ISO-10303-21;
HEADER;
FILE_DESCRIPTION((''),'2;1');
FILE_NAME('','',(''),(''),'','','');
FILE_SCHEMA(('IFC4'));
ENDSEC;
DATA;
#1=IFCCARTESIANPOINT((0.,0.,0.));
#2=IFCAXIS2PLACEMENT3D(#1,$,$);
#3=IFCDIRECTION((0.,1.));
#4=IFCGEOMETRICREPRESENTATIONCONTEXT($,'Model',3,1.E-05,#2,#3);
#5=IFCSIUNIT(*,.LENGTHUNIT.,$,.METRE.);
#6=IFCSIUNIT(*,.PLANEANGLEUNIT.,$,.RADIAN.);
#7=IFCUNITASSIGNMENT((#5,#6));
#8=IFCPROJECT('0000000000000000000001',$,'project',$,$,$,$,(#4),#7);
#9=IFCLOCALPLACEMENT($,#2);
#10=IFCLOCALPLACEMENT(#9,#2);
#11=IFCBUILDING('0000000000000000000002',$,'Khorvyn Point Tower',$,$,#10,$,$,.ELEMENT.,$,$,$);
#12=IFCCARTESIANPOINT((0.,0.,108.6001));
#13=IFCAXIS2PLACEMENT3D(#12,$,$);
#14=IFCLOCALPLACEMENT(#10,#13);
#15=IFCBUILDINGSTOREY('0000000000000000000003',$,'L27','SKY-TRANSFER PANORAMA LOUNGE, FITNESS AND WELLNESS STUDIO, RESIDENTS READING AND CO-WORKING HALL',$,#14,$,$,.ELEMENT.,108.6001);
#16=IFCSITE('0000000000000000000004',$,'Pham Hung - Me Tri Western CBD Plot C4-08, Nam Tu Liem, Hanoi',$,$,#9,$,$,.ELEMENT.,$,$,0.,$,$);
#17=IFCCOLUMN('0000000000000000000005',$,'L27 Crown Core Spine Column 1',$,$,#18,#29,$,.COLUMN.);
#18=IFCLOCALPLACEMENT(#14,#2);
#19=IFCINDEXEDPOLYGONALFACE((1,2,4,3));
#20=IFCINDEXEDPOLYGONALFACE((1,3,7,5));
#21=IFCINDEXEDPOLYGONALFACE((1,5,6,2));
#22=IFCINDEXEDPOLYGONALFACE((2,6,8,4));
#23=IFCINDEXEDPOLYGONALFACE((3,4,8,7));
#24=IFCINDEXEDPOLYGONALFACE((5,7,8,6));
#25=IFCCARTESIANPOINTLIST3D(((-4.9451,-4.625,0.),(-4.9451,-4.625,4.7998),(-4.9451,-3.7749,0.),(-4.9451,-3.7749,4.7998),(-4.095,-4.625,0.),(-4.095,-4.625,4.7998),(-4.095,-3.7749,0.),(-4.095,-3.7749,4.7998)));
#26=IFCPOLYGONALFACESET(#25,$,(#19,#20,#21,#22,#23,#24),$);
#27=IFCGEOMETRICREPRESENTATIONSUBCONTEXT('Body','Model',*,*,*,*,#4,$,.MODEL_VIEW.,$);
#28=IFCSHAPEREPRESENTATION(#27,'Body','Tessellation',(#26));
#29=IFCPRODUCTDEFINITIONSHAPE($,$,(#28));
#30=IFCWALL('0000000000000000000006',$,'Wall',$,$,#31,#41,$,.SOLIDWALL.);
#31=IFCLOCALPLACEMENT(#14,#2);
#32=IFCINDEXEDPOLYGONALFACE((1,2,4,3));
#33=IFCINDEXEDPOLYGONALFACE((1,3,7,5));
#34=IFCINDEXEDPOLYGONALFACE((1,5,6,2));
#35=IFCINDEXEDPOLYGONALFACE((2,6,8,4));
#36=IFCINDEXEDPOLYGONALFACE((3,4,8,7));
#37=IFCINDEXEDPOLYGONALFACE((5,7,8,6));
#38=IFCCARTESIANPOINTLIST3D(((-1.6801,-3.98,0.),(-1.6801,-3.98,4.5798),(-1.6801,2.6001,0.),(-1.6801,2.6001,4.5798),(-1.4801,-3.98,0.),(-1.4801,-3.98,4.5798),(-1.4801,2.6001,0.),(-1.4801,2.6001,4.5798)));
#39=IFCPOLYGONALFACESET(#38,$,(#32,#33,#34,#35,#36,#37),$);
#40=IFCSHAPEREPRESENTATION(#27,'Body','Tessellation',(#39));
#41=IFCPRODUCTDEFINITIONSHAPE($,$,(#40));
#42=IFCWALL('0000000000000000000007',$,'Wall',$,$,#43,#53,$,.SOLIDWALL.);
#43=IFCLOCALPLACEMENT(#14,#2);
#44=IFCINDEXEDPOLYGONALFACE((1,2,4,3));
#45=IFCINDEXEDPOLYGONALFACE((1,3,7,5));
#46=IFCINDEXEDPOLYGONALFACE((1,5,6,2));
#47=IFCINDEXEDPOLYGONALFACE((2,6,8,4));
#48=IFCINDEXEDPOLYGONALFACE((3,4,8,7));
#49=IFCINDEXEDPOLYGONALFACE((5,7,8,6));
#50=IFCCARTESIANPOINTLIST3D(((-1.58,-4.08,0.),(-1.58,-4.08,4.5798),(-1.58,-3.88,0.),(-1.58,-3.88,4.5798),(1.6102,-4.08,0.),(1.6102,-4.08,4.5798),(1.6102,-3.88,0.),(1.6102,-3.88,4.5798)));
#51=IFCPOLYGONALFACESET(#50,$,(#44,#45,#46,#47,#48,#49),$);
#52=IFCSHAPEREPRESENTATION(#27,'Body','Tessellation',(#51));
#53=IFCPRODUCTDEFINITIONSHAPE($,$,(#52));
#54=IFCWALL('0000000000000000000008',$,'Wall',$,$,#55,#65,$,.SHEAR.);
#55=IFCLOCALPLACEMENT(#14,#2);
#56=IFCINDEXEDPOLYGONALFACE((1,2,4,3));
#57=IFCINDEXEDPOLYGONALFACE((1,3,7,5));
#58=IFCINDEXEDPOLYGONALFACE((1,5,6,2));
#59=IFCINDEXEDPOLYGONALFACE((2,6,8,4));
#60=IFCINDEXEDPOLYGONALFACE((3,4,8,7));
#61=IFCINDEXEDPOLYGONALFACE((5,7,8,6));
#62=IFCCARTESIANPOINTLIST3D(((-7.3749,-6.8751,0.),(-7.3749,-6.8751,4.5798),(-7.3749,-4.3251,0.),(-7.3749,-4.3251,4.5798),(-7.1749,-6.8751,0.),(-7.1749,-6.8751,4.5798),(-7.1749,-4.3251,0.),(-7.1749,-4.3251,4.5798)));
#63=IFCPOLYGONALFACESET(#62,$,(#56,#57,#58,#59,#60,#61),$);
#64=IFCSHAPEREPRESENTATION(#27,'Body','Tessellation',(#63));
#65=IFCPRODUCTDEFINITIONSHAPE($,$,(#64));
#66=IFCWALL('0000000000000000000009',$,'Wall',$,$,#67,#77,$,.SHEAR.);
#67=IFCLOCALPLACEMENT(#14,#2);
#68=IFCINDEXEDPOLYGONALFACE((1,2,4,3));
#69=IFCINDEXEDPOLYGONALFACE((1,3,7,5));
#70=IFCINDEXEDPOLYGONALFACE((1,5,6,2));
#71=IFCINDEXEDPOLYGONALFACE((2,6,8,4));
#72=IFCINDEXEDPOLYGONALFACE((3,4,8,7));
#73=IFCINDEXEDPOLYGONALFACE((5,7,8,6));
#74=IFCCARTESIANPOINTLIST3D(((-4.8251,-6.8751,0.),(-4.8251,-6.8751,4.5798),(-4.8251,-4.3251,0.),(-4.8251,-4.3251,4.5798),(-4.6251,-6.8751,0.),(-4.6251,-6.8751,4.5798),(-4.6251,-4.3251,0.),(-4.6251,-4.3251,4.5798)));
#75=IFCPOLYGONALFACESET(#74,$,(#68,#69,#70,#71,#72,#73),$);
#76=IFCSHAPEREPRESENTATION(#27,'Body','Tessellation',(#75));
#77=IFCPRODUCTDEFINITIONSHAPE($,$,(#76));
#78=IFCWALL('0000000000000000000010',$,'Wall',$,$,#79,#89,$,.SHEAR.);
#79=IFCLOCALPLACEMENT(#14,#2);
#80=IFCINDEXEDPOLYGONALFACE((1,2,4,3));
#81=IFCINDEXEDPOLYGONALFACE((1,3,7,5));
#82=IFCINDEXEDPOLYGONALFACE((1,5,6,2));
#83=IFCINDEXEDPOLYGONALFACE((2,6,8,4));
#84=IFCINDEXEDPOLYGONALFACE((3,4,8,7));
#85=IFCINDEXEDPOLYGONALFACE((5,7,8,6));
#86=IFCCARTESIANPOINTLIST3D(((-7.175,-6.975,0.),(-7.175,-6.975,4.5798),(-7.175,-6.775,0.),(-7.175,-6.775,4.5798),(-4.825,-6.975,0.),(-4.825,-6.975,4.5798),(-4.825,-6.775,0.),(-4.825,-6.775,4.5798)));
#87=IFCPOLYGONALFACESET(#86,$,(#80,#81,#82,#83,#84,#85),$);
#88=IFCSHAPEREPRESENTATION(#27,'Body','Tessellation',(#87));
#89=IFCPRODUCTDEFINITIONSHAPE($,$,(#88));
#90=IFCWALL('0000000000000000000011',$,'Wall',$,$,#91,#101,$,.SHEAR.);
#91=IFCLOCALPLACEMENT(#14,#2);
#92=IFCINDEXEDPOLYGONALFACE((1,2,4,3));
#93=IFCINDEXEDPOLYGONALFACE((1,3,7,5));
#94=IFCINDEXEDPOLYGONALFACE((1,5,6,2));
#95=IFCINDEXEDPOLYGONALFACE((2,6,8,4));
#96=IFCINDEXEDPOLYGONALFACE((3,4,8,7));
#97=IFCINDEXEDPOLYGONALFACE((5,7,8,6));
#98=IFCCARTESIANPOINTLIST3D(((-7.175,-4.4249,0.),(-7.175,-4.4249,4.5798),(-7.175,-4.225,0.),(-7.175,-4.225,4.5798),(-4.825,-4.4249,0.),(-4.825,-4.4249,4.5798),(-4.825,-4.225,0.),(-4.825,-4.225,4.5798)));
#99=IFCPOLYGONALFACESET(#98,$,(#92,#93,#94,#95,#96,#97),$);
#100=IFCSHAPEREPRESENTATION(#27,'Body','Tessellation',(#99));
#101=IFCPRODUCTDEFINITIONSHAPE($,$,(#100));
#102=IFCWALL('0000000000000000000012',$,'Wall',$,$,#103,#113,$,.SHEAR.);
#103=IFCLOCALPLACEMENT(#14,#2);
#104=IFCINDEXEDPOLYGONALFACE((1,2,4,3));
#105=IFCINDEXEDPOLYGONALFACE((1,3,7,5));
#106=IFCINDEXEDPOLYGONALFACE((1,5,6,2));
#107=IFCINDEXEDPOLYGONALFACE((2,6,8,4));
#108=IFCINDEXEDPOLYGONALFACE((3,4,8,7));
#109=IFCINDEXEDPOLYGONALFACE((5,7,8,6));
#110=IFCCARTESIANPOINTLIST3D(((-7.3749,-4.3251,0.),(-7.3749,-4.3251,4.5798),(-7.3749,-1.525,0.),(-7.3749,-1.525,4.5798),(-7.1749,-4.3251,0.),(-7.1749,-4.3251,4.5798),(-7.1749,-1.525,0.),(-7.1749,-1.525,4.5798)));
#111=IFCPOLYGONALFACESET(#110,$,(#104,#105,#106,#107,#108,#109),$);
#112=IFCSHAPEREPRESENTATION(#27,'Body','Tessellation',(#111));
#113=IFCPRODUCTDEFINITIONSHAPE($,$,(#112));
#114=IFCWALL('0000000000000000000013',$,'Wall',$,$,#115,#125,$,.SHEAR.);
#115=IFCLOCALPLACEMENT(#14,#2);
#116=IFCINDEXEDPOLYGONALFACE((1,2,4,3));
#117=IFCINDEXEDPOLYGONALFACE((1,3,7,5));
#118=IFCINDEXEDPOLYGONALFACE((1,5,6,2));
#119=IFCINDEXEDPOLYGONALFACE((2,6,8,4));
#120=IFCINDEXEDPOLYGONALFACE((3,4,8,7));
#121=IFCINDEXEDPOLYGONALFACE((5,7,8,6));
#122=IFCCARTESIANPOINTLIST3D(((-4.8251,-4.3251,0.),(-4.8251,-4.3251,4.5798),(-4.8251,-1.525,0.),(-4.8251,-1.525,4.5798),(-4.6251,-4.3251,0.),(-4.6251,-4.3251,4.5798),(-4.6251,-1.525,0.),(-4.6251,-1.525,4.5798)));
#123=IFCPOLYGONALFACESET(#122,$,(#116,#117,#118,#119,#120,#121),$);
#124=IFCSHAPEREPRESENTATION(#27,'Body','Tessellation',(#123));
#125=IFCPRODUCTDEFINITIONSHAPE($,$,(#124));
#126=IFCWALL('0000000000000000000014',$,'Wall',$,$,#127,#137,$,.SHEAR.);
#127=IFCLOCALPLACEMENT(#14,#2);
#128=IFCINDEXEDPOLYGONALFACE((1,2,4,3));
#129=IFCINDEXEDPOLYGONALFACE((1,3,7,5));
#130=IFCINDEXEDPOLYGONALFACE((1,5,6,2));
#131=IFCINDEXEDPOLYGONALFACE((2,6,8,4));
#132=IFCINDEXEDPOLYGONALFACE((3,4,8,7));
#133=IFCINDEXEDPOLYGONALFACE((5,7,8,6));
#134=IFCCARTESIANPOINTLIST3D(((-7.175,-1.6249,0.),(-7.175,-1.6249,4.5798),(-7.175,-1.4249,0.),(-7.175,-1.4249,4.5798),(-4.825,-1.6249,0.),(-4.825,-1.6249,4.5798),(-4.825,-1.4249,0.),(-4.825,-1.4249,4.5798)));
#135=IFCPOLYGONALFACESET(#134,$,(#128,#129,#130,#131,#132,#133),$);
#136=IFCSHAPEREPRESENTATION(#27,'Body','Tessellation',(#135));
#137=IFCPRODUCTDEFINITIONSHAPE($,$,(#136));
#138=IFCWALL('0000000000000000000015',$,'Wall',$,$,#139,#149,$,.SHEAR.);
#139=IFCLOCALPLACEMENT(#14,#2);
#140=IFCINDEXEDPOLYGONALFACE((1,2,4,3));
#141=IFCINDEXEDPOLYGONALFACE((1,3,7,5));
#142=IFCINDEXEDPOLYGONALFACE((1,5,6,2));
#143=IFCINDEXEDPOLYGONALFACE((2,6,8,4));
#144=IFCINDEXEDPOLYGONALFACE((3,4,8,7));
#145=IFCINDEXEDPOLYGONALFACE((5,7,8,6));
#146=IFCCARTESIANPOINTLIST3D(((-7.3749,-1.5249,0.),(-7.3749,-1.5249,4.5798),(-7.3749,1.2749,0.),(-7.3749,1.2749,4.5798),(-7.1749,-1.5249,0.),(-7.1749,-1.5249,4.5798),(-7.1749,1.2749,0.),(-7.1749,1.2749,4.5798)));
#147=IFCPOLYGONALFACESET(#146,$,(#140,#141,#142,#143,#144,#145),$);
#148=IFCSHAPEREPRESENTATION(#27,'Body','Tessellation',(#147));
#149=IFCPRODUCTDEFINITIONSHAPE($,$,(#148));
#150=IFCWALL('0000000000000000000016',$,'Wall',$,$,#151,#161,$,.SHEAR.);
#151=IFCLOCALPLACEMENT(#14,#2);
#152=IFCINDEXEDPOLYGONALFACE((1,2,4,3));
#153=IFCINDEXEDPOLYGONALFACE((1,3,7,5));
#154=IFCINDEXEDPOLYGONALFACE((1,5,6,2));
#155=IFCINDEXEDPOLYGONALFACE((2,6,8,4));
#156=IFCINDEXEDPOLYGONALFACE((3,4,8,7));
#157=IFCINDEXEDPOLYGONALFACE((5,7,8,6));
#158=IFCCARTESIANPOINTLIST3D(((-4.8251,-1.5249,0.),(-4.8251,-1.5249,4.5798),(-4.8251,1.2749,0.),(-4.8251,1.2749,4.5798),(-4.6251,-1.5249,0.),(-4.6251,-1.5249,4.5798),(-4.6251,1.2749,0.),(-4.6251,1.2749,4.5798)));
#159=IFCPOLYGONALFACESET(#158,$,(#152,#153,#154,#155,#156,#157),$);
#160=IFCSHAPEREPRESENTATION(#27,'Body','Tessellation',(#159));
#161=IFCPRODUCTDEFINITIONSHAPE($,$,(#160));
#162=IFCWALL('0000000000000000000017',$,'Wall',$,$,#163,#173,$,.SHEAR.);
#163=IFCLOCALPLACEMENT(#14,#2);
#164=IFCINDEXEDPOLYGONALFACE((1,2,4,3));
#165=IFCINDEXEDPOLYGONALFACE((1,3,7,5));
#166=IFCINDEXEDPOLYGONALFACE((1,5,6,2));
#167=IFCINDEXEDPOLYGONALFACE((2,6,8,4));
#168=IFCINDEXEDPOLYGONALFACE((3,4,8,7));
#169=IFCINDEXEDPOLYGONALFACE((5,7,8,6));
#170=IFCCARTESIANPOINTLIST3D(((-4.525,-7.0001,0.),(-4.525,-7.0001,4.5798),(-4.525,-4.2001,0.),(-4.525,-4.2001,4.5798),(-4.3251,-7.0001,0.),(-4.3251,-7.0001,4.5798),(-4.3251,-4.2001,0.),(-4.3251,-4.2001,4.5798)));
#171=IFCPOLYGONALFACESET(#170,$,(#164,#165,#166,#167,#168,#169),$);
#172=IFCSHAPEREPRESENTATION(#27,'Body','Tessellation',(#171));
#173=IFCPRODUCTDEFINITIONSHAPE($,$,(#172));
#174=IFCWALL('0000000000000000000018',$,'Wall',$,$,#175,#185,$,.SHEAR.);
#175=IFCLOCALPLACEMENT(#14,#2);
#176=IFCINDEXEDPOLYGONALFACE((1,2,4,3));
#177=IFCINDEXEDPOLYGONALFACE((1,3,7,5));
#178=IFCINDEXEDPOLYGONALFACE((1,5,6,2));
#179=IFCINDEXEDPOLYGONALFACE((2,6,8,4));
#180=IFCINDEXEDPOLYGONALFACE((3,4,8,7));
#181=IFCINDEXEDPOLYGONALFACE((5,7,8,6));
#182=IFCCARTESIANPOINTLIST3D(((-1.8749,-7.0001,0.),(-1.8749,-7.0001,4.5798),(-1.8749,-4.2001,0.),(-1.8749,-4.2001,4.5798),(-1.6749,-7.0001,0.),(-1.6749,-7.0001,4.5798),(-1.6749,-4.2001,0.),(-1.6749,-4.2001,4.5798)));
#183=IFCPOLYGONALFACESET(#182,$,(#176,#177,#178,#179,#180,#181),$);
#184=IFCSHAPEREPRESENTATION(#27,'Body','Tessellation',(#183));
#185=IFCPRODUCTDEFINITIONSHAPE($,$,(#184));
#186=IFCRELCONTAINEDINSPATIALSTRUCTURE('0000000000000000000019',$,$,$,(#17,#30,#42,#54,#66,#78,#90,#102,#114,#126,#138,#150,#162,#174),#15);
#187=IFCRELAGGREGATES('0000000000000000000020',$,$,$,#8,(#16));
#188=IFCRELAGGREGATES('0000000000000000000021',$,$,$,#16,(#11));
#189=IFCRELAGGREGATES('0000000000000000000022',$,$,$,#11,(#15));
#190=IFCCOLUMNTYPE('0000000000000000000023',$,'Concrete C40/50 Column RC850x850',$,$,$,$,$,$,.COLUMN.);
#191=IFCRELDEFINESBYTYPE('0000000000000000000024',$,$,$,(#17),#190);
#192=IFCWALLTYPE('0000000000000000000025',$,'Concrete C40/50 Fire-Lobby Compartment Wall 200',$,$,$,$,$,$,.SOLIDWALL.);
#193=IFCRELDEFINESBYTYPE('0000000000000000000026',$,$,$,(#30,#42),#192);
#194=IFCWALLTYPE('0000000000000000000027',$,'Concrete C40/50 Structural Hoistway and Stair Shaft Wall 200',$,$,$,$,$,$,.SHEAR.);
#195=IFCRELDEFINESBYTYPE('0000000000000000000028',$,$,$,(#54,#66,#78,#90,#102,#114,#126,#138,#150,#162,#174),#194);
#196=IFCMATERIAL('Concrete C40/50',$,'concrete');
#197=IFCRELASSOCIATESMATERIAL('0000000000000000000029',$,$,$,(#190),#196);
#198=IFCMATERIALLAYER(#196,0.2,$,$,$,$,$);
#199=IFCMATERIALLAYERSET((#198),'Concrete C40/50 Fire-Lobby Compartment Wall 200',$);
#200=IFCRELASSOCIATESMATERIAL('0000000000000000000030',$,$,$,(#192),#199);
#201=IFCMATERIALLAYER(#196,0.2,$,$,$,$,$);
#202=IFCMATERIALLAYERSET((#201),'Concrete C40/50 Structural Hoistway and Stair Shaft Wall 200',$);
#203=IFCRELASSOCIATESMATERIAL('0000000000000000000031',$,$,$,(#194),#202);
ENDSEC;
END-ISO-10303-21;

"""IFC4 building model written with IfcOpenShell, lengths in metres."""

from ifc_helpers import new_model, si_unit, direction, frame, frame_2d, origin, origin_2d, place, context, subcontext, project, spatial, rectangle, extrude, material, layer, layer_set, material_profile, profile_set, type_object, element, save


model = new_model("IFC4")

# Units and contexts
model_context = context("Model", 3, precision=1e-05, world=origin(), true_north=direction((0.0, 1.0)))
body_context = subcontext(model_context, "Body", "Model", "MODEL_VIEW")
ifc_project = project(units=[si_unit("LENGTHUNIT", "METRE"), si_unit("PLANEANGLEUNIT", "RADIAN")], contexts=[model_context])

# Site, building, storey
site_placement = place(None, origin())
site = spatial("IfcSite", under=ifc_project, at=site_placement, Name="Pham Hung - Me Tri Western CBD Plot C4-08, Nam Tu Liem, Hanoi", CompositionType="ELEMENT", RefElevation=0.0)
building_placement = place(site_placement, origin())
building = spatial("IfcBuilding", under=site, at=building_placement, Name="Khorvyn Point Tower", CompositionType="ELEMENT")
storey_placement = place(building_placement, frame((0.0, 0.0, 108.6001)))
storey = spatial("IfcBuildingStorey", under=building, at=storey_placement, Name="L27", Description="SKY-TRANSFER PANORAMA LOUNGE, FITNESS AND WELLNESS STUDIO, RESIDENTS READING AND CO-WORKING HALL", CompositionType="ELEMENT", Elevation=108.6001)

# Column
ifc_material_1 = material(Name="Concrete C40/50", Category="concrete")
ifc_material_profile = material_profile(ifc_material_1, rectangle(XDim=0.8501, YDim=0.8501, at=origin_2d()))
ifc_profile_set = profile_set([ifc_material_profile], Name="Concrete C40/50 RC850x850")
column_type = type_object("IfcColumnType", Name="Concrete C40/50 Column RC850x850", PredefinedType="COLUMN", material=ifc_profile_set)
column_placement = place(storey_placement, frame((-4.52, -4.2, 0.0), z_axis=(0.0, 0.0, 1.0), x_axis=(1.0, 0.0, 0.0)))
element("IfcColumn", 1, at=column_placement, inside=storey, type_object=column_type, Name="L27 Crown Core Spine Column 1", PredefinedType="COLUMN", context=body_context, shape_type="SweptSolid", body=[
    extrude(rectangle(XDim=0.8501, YDim=0.8501, at=origin_2d()), origin(), (0.0, 0.0, 1.0), 4.7998),
])

# Walls
ifc_layer_1 = layer(ifc_material_1, 0.2)
ifc_layer_set_1 = layer_set([ifc_layer_1], Name="Concrete C40/50 Fire-Lobby Compartment Wall 200")
wall_type_1 = type_object("IfcWallType", Name="Concrete C40/50 Fire-Lobby Compartment Wall 200", PredefinedType="SOLIDWALL", material=ifc_layer_set_1)
wall_1_placement = place(storey_placement, frame((-1.5801, -3.98, 0.0), z_axis=(0.0, 0.0, 1.0), x_axis=(0.0, 1.0, 0.0)))
element("IfcWall", 2, at=wall_1_placement, inside=storey, type_object=wall_type_1, Name="Wall", PredefinedType="SOLIDWALL", context=body_context, shape_type="SweptSolid", body=[
    extrude(rectangle(XDim=6.5801, YDim=0.2, at=frame_2d((3.29, 0.0))), origin(), (0.0, 0.0, 1.0), 4.5798),
])
wall_2_placement = place(storey_placement, frame((-1.5801, -3.98, 0.0), z_axis=(0.0, 0.0, 1.0), x_axis=(1.0, 0.0, 0.0)))
element("IfcWall", 3, at=wall_2_placement, inside=storey, type_object=wall_type_1, Name="Wall", PredefinedType="SOLIDWALL", context=body_context, shape_type="SweptSolid", body=[
    extrude(rectangle(XDim=3.1902, YDim=0.2, at=frame_2d((1.5952, 0.0))), origin(), (0.0, 0.0, 1.0), 4.5798),
])
ifc_layer_2 = layer(ifc_material_1, 0.2)
ifc_layer_set_2 = layer_set([ifc_layer_2], Name="Concrete C40/50 Structural Hoistway and Stair Shaft Wall 200")
wall_type_2 = type_object("IfcWallType", Name="Concrete C40/50 Structural Hoistway and Stair Shaft Wall 200", PredefinedType="SHEAR", material=ifc_layer_set_2)
for number, where, z_axis, x_axis, name in (
    (4, (-7.2749, -6.875, 0.0), (0.0, 0.0, 1.0), (0.0, 1.0, 0.0), "Wall"),
    (5, (-4.7251, -6.875, 0.0), (0.0, 0.0, 1.0), (0.0, 1.0, 0.0), "Wall"),
):
    element("IfcWall", number, at=place(storey_placement, frame(where, z_axis=z_axis, x_axis=x_axis)), inside=storey, type_object=wall_type_2, Name=name, PredefinedType="SHEAR", context=body_context, shape_type="SweptSolid", body=[
        extrude(rectangle(XDim=2.55, YDim=0.2, at=frame_2d((1.2749, 0.0))), origin(), (0.0, 0.0, 1.0), 4.5798),
    ])
for number, where, z_axis, x_axis, name in (
    (6, (-7.175, -6.875, 0.0), (0.0, 0.0, 1.0), (1.0, 0.0, 0.0), "Wall"),
    (7, (-7.175, -4.325, 0.0), (0.0, 0.0, 1.0), (1.0, 0.0, 0.0), "Wall"),
):
    element("IfcWall", number, at=place(storey_placement, frame(where, z_axis=z_axis, x_axis=x_axis)), inside=storey, type_object=wall_type_2, Name=name, PredefinedType="SHEAR", context=body_context, shape_type="SweptSolid", body=[
        extrude(rectangle(XDim=2.3501, YDim=0.2, at=frame_2d((1.175, 0.0))), origin(), (0.0, 0.0, 1.0), 4.5798),
    ])
for number, where, z_axis, x_axis, name in (
    (8, (-7.2749, -4.325, 0.0), (0.0, 0.0, 1.0), (0.0, 1.0, 0.0), "Wall"),
    (9, (-4.7251, -4.325, 0.0), (0.0, 0.0, 1.0), (0.0, 1.0, 0.0), "Wall"),
):
    element("IfcWall", number, at=place(storey_placement, frame(where, z_axis=z_axis, x_axis=x_axis)), inside=storey, type_object=wall_type_2, Name=name, PredefinedType="SHEAR", context=body_context, shape_type="SweptSolid", body=[
        extrude(rectangle(XDim=2.8, YDim=0.2, at=frame_2d((1.3999, 0.0))), origin(), (0.0, 0.0, 1.0), 4.5798),
    ])
wall_3_placement = place(storey_placement, frame((-7.175, -1.5249, 0.0), z_axis=(0.0, 0.0, 1.0), x_axis=(1.0, 0.0, 0.0)))
element("IfcWall", 10, at=wall_3_placement, inside=storey, type_object=wall_type_2, Name="Wall", PredefinedType="SHEAR", context=body_context, shape_type="SweptSolid", body=[
    extrude(rectangle(XDim=2.3501, YDim=0.2, at=frame_2d((1.175, 0.0))), origin(), (0.0, 0.0, 1.0), 4.5798),
])
for number, where, z_axis, x_axis, name in (
    (11, (-7.2749, -1.5249, 0.0), (0.0, 0.0, 1.0), (0.0, 1.0, 0.0), "Wall"),
    (12, (-4.7251, -1.5249, 0.0), (0.0, 0.0, 1.0), (0.0, 1.0, 0.0), "Wall"),
):
    element("IfcWall", number, at=place(storey_placement, frame(where, z_axis=z_axis, x_axis=x_axis)), inside=storey, type_object=wall_type_2, Name=name, PredefinedType="SHEAR", context=body_context, shape_type="SweptSolid", body=[
        extrude(rectangle(XDim=2.7998, YDim=0.2, at=frame_2d((1.3999, 0.0))), origin(), (0.0, 0.0, 1.0), 4.5798),
    ])
for number, where, z_axis, x_axis, name in (
    (13, (-4.425, -7.0, 0.0), (0.0, 0.0, 1.0), (0.0, 1.0, 0.0), "Wall"),
    (14, (-1.7749, -7.0, 0.0), (0.0, 0.0, 1.0), (0.0, 1.0, 0.0), "Wall"),
):
    element("IfcWall", number, at=place(storey_placement, frame(where, z_axis=z_axis, x_axis=x_axis)), inside=storey, type_object=wall_type_2, Name=name, PredefinedType="SHEAR", context=body_context, shape_type="SweptSolid", body=[
        extrude(rectangle(XDim=2.8, YDim=0.2, at=frame_2d((1.3999, 0.0))), origin(), (0.0, 0.0, 1.0), 4.5798),
    ])

save(model, "model.ifc")
